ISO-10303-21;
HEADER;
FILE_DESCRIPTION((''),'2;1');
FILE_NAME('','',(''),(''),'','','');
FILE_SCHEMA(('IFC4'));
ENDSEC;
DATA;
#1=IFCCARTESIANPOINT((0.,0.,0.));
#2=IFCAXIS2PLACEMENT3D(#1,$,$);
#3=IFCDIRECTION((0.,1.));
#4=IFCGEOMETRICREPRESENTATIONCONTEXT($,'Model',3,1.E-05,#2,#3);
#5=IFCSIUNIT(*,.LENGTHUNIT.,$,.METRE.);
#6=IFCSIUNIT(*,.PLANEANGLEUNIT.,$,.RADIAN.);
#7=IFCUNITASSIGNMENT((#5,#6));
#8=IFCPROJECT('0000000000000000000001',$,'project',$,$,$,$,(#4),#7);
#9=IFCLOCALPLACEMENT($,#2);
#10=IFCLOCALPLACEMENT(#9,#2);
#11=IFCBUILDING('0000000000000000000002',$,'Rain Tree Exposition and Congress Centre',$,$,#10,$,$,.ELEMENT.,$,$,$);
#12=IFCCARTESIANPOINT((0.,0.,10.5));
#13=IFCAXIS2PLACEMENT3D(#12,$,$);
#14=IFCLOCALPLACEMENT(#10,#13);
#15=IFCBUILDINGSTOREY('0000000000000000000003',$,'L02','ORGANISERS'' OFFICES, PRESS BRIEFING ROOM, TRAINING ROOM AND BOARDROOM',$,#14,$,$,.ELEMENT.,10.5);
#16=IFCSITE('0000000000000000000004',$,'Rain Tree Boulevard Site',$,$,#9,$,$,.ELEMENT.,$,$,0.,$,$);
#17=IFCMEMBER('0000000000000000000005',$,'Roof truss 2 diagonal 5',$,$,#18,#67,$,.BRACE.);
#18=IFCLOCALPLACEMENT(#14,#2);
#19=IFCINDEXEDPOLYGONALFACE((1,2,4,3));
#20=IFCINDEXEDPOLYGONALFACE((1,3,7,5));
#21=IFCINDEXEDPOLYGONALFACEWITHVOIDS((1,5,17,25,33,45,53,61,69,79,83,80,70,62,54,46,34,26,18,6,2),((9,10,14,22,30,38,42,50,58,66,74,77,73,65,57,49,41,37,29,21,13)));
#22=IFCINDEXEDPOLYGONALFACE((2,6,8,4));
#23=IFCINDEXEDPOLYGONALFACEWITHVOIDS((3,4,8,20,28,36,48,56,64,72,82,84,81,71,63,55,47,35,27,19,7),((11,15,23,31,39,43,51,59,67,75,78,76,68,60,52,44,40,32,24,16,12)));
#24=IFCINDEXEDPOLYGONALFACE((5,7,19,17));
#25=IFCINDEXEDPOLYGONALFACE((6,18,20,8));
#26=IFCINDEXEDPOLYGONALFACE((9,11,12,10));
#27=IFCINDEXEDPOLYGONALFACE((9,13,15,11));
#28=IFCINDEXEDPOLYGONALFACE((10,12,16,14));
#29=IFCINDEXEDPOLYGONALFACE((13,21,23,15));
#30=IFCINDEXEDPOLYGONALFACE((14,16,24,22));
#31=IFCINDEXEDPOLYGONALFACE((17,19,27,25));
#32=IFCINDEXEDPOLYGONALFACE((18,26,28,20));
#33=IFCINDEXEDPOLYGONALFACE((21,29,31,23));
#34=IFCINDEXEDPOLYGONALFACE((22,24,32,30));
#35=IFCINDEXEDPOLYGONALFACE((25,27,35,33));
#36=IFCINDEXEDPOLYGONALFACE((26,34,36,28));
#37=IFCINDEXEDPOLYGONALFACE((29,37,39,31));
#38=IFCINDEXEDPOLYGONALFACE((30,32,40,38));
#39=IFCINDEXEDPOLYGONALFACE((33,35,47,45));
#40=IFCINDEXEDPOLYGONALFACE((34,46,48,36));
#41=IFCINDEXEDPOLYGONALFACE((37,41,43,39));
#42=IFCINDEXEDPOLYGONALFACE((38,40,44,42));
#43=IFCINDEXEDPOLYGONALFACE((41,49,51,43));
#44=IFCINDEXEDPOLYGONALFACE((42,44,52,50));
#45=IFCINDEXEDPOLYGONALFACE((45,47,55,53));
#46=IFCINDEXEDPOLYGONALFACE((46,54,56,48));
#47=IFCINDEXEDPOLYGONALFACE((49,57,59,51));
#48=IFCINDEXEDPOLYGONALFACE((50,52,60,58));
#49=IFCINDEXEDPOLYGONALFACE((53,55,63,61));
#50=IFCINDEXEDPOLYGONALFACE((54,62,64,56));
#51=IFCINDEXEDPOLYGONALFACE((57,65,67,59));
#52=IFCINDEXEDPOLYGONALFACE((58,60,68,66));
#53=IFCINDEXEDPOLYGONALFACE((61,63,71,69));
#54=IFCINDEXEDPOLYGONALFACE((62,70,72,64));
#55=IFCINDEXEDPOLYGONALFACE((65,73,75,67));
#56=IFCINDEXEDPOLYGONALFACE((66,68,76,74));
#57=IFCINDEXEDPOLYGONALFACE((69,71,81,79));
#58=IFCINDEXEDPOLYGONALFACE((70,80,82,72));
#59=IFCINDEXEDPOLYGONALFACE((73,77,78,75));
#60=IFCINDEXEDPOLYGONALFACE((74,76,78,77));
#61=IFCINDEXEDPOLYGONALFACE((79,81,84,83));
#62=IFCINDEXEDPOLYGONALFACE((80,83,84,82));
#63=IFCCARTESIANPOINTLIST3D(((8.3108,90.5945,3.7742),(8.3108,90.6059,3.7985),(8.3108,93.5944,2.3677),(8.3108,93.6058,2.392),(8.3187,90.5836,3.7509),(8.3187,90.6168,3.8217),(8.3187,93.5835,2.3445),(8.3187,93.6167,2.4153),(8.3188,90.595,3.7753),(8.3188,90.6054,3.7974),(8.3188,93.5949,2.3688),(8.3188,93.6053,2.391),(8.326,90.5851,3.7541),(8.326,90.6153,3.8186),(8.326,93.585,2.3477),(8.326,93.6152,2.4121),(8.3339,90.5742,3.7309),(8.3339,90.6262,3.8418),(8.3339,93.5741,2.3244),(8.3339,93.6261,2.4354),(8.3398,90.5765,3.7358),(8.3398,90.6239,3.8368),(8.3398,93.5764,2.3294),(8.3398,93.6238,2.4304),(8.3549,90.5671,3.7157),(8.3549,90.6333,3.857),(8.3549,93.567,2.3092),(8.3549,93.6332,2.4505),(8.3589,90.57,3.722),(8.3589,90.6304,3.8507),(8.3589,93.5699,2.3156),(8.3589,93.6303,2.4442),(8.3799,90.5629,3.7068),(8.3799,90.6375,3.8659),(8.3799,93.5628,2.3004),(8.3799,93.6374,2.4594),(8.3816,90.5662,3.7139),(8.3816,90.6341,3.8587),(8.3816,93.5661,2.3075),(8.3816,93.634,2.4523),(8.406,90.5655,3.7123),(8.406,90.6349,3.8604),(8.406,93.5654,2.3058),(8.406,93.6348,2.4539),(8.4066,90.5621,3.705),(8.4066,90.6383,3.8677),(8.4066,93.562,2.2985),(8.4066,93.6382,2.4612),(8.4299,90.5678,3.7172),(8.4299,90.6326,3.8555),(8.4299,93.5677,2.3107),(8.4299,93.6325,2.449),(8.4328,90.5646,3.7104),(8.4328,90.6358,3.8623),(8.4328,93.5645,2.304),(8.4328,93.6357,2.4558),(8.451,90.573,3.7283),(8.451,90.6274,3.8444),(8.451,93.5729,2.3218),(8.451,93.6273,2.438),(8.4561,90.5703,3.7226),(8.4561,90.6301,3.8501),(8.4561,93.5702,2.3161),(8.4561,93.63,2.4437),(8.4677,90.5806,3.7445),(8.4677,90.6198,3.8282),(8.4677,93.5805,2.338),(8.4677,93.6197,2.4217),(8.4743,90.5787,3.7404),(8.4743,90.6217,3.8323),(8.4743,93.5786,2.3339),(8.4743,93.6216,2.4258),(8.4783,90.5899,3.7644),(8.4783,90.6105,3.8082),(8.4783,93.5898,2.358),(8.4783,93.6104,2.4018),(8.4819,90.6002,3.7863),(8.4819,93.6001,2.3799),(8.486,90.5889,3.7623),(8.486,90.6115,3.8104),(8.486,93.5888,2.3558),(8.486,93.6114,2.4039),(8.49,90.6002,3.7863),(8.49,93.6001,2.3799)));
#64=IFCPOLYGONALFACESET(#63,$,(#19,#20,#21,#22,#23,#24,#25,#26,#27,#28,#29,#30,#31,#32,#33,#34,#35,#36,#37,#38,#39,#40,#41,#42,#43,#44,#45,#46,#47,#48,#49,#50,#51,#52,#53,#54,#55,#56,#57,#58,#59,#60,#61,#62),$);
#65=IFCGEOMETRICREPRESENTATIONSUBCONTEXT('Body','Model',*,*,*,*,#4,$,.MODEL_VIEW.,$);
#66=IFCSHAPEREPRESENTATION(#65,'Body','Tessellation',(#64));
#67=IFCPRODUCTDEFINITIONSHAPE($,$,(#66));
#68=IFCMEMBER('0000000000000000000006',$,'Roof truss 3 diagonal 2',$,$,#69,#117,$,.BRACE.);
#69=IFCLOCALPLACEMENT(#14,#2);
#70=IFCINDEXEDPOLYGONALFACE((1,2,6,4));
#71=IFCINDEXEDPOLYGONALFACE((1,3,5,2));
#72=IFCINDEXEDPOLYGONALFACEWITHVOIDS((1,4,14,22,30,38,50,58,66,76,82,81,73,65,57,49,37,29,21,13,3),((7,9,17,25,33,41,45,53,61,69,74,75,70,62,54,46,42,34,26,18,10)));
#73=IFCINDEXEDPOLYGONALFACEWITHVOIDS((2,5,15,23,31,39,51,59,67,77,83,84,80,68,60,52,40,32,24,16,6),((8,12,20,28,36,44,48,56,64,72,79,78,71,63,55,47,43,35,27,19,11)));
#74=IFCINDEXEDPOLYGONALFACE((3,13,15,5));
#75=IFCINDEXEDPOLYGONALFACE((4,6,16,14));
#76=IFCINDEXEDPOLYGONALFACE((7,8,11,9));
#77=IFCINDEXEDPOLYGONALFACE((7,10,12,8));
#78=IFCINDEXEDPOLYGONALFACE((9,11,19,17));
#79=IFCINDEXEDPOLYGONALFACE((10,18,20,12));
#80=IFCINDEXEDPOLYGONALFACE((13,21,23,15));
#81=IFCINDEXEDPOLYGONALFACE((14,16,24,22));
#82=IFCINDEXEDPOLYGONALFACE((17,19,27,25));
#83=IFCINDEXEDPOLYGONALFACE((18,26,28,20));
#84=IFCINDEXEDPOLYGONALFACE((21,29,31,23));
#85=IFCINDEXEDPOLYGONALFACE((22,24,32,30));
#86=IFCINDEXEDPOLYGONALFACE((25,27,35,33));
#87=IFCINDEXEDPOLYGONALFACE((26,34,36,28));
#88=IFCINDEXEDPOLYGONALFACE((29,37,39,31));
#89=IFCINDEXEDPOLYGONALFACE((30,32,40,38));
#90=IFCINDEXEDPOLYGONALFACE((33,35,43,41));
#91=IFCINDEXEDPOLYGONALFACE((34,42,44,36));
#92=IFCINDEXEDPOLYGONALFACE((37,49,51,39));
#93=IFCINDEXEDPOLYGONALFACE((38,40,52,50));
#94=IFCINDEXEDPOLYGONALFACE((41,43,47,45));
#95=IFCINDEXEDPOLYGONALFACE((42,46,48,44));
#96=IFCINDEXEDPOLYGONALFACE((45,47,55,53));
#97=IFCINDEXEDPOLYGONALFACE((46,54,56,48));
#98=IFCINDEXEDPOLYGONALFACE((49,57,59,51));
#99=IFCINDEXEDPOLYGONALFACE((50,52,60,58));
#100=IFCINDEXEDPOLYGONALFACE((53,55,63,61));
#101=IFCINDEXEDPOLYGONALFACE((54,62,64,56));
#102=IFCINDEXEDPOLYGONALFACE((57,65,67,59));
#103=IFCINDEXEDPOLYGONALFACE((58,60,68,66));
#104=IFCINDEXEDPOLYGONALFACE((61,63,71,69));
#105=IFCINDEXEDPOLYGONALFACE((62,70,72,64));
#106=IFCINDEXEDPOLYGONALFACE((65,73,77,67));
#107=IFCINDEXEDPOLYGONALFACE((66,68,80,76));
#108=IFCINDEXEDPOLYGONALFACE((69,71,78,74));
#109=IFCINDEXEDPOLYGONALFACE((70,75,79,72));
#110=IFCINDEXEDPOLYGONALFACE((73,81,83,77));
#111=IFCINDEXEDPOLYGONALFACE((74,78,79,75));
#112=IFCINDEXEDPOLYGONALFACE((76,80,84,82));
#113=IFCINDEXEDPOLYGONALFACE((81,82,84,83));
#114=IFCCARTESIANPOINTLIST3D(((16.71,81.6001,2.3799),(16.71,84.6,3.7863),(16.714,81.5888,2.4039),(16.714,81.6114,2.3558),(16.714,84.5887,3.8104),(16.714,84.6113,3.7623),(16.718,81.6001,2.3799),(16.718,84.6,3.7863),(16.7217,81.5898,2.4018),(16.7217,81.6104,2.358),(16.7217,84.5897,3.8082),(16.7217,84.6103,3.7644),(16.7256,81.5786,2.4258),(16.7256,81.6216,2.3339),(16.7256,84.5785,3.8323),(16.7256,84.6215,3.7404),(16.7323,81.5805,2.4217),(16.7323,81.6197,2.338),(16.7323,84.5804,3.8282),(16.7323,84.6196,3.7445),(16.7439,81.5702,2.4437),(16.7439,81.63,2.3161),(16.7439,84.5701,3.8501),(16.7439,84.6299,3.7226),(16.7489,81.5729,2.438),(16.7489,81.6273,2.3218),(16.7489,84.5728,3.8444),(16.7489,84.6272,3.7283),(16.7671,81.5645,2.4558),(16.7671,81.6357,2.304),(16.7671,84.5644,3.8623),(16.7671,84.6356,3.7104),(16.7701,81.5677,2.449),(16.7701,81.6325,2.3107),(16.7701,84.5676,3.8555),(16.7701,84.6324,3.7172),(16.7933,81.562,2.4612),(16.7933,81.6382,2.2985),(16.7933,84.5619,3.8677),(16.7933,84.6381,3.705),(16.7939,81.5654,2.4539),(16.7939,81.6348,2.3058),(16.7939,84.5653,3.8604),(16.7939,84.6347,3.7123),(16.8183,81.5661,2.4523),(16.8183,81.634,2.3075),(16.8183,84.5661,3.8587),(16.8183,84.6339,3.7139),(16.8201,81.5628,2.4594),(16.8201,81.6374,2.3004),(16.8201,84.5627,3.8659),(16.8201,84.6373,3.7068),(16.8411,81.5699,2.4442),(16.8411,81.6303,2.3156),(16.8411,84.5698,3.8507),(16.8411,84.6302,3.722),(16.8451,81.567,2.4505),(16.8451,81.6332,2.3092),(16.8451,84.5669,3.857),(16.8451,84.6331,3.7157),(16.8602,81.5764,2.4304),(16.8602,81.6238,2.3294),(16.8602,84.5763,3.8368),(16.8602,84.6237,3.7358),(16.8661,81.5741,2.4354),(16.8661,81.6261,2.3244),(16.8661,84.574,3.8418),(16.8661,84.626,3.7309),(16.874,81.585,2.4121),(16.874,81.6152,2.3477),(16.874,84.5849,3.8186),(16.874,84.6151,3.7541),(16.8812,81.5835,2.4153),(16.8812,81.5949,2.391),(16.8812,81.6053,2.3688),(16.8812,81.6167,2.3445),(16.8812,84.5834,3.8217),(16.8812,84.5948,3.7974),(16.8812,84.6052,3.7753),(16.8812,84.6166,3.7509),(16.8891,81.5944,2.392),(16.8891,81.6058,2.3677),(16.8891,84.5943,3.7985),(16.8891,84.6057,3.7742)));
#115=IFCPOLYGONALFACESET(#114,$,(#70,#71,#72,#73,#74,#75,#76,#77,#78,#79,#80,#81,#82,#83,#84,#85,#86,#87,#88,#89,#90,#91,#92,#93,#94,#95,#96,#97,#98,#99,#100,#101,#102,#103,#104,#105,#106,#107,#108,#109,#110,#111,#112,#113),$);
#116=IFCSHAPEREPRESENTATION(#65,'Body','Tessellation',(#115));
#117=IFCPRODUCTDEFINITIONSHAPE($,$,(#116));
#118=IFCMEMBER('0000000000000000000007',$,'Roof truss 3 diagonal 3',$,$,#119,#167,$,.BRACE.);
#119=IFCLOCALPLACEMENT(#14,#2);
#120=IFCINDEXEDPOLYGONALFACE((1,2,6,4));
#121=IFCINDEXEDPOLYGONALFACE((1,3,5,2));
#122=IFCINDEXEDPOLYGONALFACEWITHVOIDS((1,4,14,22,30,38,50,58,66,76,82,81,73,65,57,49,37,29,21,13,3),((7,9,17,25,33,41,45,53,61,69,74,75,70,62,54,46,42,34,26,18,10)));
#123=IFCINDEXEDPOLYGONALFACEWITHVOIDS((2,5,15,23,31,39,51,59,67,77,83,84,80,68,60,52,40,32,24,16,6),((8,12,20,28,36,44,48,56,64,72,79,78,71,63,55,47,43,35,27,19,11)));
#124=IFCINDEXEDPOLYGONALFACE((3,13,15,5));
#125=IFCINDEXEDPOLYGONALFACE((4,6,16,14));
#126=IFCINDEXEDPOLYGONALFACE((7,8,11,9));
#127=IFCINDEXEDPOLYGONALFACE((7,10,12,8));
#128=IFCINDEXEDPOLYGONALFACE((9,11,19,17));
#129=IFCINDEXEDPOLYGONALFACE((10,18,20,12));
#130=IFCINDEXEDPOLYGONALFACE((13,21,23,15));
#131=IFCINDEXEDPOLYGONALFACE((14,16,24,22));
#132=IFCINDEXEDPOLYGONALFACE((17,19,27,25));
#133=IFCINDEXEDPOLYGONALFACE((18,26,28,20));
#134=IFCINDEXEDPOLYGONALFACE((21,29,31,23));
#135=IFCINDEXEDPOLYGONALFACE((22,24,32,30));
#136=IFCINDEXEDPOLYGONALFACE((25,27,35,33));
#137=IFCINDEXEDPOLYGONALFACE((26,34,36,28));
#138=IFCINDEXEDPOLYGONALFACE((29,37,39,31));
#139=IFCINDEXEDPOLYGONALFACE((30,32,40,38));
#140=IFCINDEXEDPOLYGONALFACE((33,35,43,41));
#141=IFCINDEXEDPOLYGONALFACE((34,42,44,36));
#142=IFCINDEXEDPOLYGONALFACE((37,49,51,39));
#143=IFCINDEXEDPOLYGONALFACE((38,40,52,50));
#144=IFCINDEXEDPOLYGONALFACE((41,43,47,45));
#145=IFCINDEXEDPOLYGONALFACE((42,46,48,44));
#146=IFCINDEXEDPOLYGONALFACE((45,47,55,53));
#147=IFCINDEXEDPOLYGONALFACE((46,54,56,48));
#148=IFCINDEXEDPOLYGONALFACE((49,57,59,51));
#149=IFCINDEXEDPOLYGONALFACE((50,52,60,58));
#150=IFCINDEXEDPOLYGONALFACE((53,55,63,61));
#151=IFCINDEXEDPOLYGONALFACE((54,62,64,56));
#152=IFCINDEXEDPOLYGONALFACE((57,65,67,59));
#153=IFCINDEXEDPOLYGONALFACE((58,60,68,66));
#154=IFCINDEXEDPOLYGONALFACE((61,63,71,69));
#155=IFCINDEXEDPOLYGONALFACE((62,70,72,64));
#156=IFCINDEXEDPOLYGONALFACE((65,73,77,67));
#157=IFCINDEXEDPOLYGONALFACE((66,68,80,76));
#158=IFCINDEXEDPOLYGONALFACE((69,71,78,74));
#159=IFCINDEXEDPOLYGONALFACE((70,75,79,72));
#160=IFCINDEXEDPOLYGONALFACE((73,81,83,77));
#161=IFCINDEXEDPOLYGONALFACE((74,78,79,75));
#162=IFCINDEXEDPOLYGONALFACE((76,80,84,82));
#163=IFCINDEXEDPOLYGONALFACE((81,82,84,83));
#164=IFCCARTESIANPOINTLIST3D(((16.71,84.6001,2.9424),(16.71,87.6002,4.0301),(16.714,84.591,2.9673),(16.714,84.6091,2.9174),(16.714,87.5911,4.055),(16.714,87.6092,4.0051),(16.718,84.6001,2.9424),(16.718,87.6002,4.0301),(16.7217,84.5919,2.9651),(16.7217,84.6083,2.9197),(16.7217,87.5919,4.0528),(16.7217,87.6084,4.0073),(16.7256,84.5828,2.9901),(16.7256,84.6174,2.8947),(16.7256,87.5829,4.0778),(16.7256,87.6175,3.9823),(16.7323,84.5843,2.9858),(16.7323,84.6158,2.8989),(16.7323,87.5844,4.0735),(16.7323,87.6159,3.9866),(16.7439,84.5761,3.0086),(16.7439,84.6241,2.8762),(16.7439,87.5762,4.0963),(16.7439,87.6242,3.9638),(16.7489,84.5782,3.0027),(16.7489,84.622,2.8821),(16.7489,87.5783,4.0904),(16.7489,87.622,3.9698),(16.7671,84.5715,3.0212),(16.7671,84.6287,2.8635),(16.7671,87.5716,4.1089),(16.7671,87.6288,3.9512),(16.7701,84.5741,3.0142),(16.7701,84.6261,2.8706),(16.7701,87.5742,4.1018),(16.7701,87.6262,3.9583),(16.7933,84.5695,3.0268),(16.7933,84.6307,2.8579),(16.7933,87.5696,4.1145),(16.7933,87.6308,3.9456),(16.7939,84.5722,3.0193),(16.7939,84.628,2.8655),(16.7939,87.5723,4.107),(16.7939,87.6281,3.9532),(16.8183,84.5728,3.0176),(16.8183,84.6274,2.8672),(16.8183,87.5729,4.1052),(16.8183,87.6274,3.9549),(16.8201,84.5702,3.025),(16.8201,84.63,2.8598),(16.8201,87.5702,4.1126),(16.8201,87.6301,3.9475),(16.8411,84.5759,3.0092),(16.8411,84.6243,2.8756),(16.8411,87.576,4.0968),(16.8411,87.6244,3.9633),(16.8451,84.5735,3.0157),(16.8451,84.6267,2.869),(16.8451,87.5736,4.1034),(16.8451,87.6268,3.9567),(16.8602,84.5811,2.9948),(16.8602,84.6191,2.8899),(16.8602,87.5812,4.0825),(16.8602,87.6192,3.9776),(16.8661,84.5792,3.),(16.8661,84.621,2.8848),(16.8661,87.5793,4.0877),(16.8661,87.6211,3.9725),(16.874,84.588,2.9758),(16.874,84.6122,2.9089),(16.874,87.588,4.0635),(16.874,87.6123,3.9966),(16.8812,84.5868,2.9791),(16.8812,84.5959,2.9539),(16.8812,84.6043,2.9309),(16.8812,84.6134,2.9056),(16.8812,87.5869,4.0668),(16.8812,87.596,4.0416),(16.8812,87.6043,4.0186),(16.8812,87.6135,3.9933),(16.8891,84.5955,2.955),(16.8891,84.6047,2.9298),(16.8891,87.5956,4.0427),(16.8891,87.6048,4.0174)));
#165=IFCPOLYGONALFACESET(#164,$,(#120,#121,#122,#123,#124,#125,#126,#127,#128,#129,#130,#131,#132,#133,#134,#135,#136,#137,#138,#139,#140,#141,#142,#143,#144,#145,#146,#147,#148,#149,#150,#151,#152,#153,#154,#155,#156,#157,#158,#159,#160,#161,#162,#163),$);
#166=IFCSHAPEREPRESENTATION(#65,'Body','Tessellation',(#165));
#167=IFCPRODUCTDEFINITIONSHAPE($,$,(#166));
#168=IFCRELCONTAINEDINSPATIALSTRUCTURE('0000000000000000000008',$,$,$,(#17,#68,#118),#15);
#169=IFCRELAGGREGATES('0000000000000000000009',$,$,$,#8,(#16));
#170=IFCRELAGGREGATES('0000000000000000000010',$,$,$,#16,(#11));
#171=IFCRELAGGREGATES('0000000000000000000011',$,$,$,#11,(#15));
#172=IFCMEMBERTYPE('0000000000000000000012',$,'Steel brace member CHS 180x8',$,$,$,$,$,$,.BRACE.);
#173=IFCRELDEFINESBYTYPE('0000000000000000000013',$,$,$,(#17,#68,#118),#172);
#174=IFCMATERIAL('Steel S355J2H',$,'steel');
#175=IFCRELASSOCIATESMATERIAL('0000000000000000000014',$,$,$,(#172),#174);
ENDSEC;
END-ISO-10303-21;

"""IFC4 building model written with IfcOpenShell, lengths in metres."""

from ifc_helpers import new_model, si_unit, direction, frame, origin, origin_2d, place, context, subcontext, project, spatial, hollow_circle, extrude, material, material_profile, profile_set, type_object, element, save


model = new_model("IFC4")

# Units and contexts
model_context = context("Model", 3, precision=1e-05, world=origin(), true_north=direction((0.0, 1.0)))
body_context = subcontext(model_context, "Body", "Model", "MODEL_VIEW")
ifc_project = project(units=[si_unit("LENGTHUNIT", "METRE"), si_unit("PLANEANGLEUNIT", "RADIAN")], contexts=[model_context])

# Site, building, storey
site_placement = place(None, origin())
site = spatial("IfcSite", under=ifc_project, at=site_placement, Name="Rain Tree Boulevard Site", CompositionType="ELEMENT", RefElevation=0.0)
building_placement = place(site_placement, origin())
building = spatial("IfcBuilding", under=site, at=building_placement, Name="Rain Tree Exposition and Congress Centre", CompositionType="ELEMENT")
storey_placement = place(building_placement, frame((0.0, 0.0, 10.5)))
storey = spatial("IfcBuildingStorey", under=building, at=storey_placement, Name="L02", Description="ORGANISERS' OFFICES, PRESS BRIEFING ROOM, TRAINING ROOM AND BOARDROOM", CompositionType="ELEMENT", Elevation=10.5)

# Members
ifc_material_1 = material(Name="Steel S355J2H", Category="steel")
ifc_material_profile_1 = material_profile(ifc_material_1, hollow_circle(Radius=0.0901, WallThickness=0.0081, at=origin_2d()), Name="CHS 180x8")
ifc_profile_set_1 = profile_set([ifc_material_profile_1], Name="Steel S355J2H")
member_type_1 = type_object("IfcMemberType", Name="Steel brace member CHS 180x8", PredefinedType="BRACE", material=ifc_profile_set_1)
for number, where, z_axis, x_axis, name in (
    (1, (8.3999, 93.6001, 2.3799), (0.0, -0.905431, 0.424494), (1.0, 0.0, 0.0), "Roof truss 2 diagonal 5"),
    (2, (16.8, 81.6001, 2.3799), (0.0, 0.905431, 0.424494), (-1.0, 0.0, 0.0), "Roof truss 3 diagonal 2"),
):
    element("IfcMember", number, at=place(storey_placement, frame(where, z_axis=z_axis, x_axis=x_axis)), inside=storey, type_object=member_type_1, Name=name, PredefinedType="BRACE", context=body_context, shape_type="SweptSolid", body=[
        extrude(hollow_circle(Radius=0.0901, WallThickness=0.0081, at=origin_2d()), origin(), (0.0, 0.0, 1.0), 3.3132),
    ])
member_1_placement = place(storey_placement, frame((16.8, 84.6001, 2.9424), z_axis=(0.0, 0.940121, 0.34084), x_axis=(-1.0, 0.0, 0.0)))
element("IfcMember", 3, at=member_1_placement, inside=storey, type_object=member_type_1, Name="Roof truss 3 diagonal 3", PredefinedType="BRACE", context=body_context, shape_type="SweptSolid", body=[
    extrude(hollow_circle(Radius=0.0901, WallThickness=0.0081, at=origin_2d()), origin(), (0.0, 0.0, 1.0), 3.1912),
])

save(model, "model.ifc")
